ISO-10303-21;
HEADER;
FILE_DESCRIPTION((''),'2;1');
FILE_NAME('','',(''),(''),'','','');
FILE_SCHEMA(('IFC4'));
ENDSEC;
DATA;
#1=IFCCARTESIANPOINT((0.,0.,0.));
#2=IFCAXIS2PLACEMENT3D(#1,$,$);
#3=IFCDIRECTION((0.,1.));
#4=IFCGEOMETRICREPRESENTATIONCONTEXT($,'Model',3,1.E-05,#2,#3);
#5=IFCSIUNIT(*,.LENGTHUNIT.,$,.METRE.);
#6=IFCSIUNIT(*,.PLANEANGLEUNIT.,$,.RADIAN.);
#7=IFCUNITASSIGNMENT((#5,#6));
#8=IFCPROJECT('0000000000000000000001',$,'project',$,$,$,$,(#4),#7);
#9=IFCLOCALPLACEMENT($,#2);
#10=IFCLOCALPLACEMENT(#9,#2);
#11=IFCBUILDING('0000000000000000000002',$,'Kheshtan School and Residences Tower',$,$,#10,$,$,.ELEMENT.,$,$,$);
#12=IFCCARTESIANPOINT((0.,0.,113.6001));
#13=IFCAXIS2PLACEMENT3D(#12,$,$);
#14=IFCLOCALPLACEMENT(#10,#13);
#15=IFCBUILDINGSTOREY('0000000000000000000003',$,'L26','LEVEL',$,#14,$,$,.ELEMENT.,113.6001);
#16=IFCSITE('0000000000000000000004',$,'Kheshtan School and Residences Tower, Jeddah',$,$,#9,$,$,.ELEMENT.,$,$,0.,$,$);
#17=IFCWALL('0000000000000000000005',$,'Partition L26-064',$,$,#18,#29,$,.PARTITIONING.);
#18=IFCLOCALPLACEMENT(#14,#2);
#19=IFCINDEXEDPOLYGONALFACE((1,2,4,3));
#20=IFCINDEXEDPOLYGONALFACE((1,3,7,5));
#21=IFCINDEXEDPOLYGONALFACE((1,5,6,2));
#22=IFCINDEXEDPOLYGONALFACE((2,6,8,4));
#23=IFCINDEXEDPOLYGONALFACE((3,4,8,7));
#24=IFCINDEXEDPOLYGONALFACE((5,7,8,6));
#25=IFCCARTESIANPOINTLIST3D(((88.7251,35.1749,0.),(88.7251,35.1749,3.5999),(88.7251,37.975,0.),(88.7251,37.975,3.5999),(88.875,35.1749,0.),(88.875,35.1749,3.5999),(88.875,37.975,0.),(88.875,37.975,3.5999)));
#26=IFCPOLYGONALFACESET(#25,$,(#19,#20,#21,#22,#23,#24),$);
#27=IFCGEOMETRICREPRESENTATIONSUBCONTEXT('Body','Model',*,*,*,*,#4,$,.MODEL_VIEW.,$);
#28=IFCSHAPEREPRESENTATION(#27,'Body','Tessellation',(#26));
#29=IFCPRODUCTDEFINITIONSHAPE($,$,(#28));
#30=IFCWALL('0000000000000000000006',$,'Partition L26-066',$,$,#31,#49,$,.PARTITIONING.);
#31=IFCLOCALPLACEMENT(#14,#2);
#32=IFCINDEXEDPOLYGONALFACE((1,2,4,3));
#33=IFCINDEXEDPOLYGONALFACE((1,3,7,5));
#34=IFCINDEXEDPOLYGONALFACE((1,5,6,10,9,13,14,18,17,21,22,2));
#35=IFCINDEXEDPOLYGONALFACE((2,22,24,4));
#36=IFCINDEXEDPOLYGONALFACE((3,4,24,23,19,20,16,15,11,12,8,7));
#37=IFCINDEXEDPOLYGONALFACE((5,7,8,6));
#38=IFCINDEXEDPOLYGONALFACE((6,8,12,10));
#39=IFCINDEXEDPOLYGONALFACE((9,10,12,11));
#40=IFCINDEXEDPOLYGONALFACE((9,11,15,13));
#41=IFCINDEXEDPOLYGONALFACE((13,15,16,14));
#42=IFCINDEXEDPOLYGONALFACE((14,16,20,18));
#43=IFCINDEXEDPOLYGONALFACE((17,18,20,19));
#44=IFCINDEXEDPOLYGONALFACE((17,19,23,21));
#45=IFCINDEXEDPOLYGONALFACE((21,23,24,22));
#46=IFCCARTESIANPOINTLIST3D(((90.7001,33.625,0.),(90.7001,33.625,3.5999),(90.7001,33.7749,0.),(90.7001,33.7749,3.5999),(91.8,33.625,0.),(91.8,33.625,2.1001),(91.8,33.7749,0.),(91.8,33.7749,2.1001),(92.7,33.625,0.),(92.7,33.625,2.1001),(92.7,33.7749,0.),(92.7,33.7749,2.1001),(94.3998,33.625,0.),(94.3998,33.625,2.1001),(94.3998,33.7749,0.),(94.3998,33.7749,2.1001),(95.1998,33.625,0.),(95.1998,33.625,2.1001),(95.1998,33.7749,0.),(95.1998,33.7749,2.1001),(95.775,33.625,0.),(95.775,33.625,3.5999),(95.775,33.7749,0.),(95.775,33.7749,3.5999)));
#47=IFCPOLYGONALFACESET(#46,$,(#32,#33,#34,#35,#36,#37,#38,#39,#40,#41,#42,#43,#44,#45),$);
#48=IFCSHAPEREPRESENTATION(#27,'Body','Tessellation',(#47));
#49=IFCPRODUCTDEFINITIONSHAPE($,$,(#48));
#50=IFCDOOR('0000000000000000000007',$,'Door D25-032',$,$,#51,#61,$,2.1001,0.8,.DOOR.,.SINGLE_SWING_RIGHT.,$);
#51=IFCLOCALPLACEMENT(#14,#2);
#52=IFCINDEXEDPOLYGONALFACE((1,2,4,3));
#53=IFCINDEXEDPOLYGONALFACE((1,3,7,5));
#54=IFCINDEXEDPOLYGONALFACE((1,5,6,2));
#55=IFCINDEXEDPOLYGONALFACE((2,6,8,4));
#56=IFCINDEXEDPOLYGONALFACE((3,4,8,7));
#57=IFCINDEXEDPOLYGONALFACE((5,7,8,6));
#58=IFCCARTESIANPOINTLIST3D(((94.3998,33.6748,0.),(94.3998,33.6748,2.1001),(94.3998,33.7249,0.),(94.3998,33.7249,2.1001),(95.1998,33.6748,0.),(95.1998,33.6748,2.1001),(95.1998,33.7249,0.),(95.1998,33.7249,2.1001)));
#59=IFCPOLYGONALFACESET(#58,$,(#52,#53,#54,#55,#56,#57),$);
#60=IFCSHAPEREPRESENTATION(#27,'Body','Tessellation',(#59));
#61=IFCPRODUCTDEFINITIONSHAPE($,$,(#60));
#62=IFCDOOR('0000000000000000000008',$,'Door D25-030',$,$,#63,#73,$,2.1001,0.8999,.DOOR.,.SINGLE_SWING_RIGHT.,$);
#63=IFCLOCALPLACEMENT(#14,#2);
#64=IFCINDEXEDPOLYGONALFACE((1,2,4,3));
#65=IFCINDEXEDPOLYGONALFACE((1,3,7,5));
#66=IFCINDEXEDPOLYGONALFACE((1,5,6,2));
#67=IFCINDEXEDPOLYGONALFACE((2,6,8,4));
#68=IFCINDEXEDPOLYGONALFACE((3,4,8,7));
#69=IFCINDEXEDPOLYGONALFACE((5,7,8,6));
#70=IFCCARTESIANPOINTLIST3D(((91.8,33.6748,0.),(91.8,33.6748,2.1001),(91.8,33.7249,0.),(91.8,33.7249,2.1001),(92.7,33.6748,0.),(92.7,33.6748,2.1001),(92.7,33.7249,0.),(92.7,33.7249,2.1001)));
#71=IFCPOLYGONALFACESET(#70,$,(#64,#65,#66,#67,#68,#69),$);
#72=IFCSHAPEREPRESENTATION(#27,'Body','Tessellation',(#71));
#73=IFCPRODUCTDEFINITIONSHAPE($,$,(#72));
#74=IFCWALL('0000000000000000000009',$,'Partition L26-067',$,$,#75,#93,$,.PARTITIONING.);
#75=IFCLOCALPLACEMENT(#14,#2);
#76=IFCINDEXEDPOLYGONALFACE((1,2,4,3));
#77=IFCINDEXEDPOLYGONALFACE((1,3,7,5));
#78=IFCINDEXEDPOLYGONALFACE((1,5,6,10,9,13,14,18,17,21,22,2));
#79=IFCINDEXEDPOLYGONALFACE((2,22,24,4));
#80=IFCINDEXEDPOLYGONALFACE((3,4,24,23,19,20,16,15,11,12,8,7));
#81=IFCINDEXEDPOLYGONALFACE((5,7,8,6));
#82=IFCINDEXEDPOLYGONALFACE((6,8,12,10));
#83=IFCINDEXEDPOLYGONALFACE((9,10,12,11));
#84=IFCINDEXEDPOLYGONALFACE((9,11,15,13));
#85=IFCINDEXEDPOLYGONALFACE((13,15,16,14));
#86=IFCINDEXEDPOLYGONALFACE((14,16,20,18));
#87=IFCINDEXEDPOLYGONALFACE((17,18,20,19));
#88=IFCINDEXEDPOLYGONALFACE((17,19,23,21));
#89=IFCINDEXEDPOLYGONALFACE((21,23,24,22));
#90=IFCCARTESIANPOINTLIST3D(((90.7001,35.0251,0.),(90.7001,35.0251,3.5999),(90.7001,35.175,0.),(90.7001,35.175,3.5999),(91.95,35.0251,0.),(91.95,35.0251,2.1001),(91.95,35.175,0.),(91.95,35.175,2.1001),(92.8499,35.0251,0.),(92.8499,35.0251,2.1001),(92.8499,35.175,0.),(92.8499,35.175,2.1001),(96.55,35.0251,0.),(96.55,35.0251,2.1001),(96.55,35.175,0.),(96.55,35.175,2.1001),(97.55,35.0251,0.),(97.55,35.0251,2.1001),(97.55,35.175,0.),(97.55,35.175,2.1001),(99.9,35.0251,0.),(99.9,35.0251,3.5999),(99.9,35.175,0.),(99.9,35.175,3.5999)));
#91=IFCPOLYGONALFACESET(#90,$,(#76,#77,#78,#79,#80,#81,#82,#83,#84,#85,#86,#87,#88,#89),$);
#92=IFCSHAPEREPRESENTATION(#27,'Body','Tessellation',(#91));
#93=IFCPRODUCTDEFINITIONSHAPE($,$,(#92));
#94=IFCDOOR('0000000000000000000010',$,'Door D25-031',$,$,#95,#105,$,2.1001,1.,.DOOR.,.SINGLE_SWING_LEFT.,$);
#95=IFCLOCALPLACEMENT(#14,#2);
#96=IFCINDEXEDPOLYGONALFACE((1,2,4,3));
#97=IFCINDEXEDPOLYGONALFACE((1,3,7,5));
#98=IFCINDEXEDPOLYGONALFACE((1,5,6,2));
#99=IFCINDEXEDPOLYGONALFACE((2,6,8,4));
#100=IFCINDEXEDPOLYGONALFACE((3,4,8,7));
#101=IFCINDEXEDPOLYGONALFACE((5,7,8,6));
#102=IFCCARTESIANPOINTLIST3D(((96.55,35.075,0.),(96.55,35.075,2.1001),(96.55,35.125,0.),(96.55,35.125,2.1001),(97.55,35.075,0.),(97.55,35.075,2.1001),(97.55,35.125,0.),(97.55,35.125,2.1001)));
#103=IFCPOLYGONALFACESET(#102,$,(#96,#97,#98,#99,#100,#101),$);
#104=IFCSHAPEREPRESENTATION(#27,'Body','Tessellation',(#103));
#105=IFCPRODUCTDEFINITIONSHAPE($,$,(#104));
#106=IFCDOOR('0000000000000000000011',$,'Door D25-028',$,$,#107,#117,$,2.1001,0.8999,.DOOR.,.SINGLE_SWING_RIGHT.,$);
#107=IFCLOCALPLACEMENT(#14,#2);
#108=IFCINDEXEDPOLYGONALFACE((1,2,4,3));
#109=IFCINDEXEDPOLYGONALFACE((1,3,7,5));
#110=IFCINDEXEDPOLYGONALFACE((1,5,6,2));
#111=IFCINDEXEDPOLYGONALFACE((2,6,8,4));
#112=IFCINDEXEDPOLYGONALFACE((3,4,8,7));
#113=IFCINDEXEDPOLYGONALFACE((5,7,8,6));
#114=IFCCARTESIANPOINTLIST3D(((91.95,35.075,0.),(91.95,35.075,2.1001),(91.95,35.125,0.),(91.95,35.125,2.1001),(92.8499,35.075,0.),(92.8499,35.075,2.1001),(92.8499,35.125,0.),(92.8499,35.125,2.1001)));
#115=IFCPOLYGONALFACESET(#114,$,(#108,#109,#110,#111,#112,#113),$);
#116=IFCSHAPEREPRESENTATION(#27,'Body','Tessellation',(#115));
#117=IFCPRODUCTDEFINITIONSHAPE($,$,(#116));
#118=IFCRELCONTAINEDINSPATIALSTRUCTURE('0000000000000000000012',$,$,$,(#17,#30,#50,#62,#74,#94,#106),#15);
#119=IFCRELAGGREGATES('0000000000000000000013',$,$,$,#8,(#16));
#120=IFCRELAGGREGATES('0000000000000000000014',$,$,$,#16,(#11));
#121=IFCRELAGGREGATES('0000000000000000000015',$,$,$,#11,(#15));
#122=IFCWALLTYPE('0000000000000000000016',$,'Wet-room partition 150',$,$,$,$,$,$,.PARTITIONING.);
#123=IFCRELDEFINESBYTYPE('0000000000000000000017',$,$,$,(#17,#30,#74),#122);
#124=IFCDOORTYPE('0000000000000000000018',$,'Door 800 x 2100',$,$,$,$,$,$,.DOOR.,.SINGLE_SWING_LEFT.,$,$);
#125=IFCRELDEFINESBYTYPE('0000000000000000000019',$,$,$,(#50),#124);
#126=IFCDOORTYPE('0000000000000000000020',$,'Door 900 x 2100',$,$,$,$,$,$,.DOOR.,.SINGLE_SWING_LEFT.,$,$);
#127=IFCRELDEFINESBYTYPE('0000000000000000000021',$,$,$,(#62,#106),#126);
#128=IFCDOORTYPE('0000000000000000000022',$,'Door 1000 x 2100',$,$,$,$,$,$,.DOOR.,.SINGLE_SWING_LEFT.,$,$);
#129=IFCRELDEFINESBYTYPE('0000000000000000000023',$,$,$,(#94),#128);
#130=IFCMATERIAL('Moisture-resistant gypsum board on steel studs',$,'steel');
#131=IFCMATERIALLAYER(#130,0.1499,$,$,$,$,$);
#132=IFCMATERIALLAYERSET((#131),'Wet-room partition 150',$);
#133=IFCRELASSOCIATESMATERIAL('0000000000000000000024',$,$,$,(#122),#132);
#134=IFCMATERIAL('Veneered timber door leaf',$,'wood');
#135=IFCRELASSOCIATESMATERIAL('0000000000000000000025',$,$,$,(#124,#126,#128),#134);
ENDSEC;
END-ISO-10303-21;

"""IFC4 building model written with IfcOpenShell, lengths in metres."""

from ifc_helpers import new_model, si_unit, direction, frame, frame_2d, origin, place, context, subcontext, project, spatial, rectangle, extrude, source, transform, mapped, material, layer, layer_set, type_object, element, fill, save


model = new_model("IFC4")

# Units and contexts
model_context = context("Model", 3, precision=1e-05, world=origin(), true_north=direction((0.0, 1.0)))
body_context = subcontext(model_context, "Body", "Model", "MODEL_VIEW")
ifc_project = project(units=[si_unit("LENGTHUNIT", "METRE"), si_unit("PLANEANGLEUNIT", "RADIAN")], contexts=[model_context])

# Site, building, storey
site_placement = place(None, origin())
site = spatial("IfcSite", under=ifc_project, at=site_placement, Name="Kheshtan School and Residences Tower, Jeddah", CompositionType="ELEMENT", RefElevation=0.0)
building_placement = place(site_placement, origin())
building = spatial("IfcBuilding", under=site, at=building_placement, Name="Kheshtan School and Residences Tower", CompositionType="ELEMENT")
storey_placement = place(building_placement, frame((0.0, 0.0, 113.6001)))
storey = spatial("IfcBuildingStorey", under=building, at=storey_placement, Name="L26", Description="LEVEL", CompositionType="ELEMENT", Elevation=113.6001)

# Wall
ifc_material_1 = material(Name="Moisture-resistant gypsum board on steel studs", Category="steel")
ifc_layer_1 = layer(ifc_material_1, 0.1499)
ifc_layer_set_1 = layer_set([ifc_layer_1], Name="Wet-room partition 150")
wall_type_1 = type_object("IfcWallType", Name="Wet-room partition 150", PredefinedType="PARTITIONING", material=ifc_layer_set_1)
wall_1_placement = place(storey_placement, frame((88.8, 35.175, 0.0), z_axis=(0.0, 0.0, 1.0), x_axis=(0.0, 1.0, 0.0)))
element("IfcWall", 1, at=wall_1_placement, inside=storey, type_object=wall_type_1, Name="Partition L26-064", PredefinedType="PARTITIONING", context=body_context, shape_type="SweptSolid", body=[
    extrude(rectangle(XDim=2.8, YDim=0.1499, at=frame_2d((1.3999, 0.0))), origin(), (0.0, 0.0, 1.0), 3.5999),
])

# Walls, openings, doors
wall_2_placement = place(storey_placement, frame((90.7, 33.7, 0.0), z_axis=(0.0, 0.0, 1.0), x_axis=(1.0, 0.0, 0.0)))
wall_2 = element("IfcWall", 2, at=wall_2_placement, inside=storey, type_object=wall_type_1, Name="Partition L26-066", PredefinedType="PARTITIONING", context=body_context, shape_type="SweptSolid", body=[
    extrude(rectangle(XDim=5.075, YDim=0.1499, at=frame_2d((2.5376, 0.0))), origin(), (0.0, 0.0, 1.0), 3.5999),
])
opening_1_placement = place(wall_2_placement, frame((1.1001, 0.0, 0.0)))
opening_1 = element("IfcOpeningElement", 3, at=opening_1_placement, cuts=wall_2, PredefinedType="OPENING", context=body_context, shape_type="SweptSolid", body=[
    extrude(rectangle(XDim=0.8999, YDim=2.1001, at=frame_2d((0.45, 1.05))), frame((0.0, 0.085, 0.0), z_axis=(0.0, -1.0, 0.0), x_axis=(1.0, 0.0, 0.0)), (0.0, 0.0, 1.0), 0.1699),
])
opening_2_placement = place(wall_2_placement, frame((3.7, 0.0, 0.0)))
opening_2 = element("IfcOpeningElement", 4, at=opening_2_placement, cuts=wall_2, PredefinedType="OPENING", context=body_context, shape_type="SweptSolid", body=[
    extrude(rectangle(XDim=0.8, YDim=2.1001, at=frame_2d((0.3999, 1.05))), frame((0.0, 0.085, 0.0), z_axis=(0.0, -1.0, 0.0), x_axis=(1.0, 0.0, 0.0)), (0.0, 0.0, 1.0), 0.1699),
])
ifc_material_2 = material(Name="Veneered timber door leaf", Category="wood")
door_type_1 = type_object("IfcDoorType", Name="Door 800 x 2100", OperationType="SINGLE_SWING_LEFT", PredefinedType="DOOR", material=ifc_material_2)
shared_shape_1 = source(origin(), body_context, "Body", "SweptSolid", [
    extrude(rectangle(XDim=0.8, YDim=2.1001, at=frame_2d((0.3999, 1.05))), frame((0.0, 0.0249, 0.0), z_axis=(0.0, -1.0, 0.0), x_axis=(1.0, 0.0, 0.0)), (0.0, 0.0, 1.0), 0.05),
])
door_1_placement = place(opening_2_placement, origin())
door_1 = element("IfcDoor", 5, at=door_1_placement, inside=storey, type_object=door_type_1, Name="Door D25-032", OperationType="SINGLE_SWING_RIGHT", OverallHeight=2.1001, OverallWidth=0.8, PredefinedType="DOOR", context=body_context, shape_type="MappedRepresentation", body=[
    mapped(shared_shape_1, transform((0.0, 0.0, 0.0), x_axis=(1.0, 0.0, 0.0), y_axis=(0.0, 1.0, 0.0), z_axis=(0.0, 0.0, 1.0), scale=1.0)),
])
fill(opening_2, door_1)
door_type_2 = type_object("IfcDoorType", Name="Door 900 x 2100", OperationType="SINGLE_SWING_LEFT", PredefinedType="DOOR", material=ifc_material_2)
shared_shape_2 = source(origin(), body_context, "Body", "SweptSolid", [
    extrude(rectangle(XDim=0.8999, YDim=2.1001, at=frame_2d((0.45, 1.05))), frame((0.0, 0.0249, 0.0), z_axis=(0.0, -1.0, 0.0), x_axis=(1.0, 0.0, 0.0)), (0.0, 0.0, 1.0), 0.05),
])
door_2_placement = place(opening_1_placement, origin())
door_2 = element("IfcDoor", 6, at=door_2_placement, inside=storey, type_object=door_type_2, Name="Door D25-030", OperationType="SINGLE_SWING_RIGHT", OverallHeight=2.1001, OverallWidth=0.8999, PredefinedType="DOOR", context=body_context, shape_type="MappedRepresentation", body=[
    mapped(shared_shape_2, transform((0.0, 0.0, 0.0), x_axis=(1.0, 0.0, 0.0), y_axis=(0.0, 1.0, 0.0), z_axis=(0.0, 0.0, 1.0), scale=1.0)),
])
fill(opening_1, door_2)
wall_3_placement = place(storey_placement, frame((90.7, 35.1001, 0.0), z_axis=(0.0, 0.0, 1.0), x_axis=(1.0, 0.0, 0.0)))
wall_3 = element("IfcWall", 7, at=wall_3_placement, inside=storey, type_object=wall_type_1, Name="Partition L26-067", PredefinedType="PARTITIONING", context=body_context, shape_type="SweptSolid", body=[
    extrude(rectangle(XDim=9.2, YDim=0.1499, at=frame_2d((4.6001, 0.0))), origin(), (0.0, 0.0, 1.0), 3.5999),
])
opening_3_placement = place(wall_3_placement, frame((1.25, 0.0, 0.0)))
opening_3 = element("IfcOpeningElement", 8, at=opening_3_placement, cuts=wall_3, PredefinedType="OPENING", context=body_context, shape_type="SweptSolid", body=[
    extrude(rectangle(XDim=0.8999, YDim=2.1001, at=frame_2d((0.45, 1.05))), frame((0.0, 0.085, 0.0), z_axis=(0.0, -1.0, 0.0), x_axis=(1.0, 0.0, 0.0)), (0.0, 0.0, 1.0), 0.1699),
])
opening_4_placement = place(wall_3_placement, frame((5.8501, 0.0, 0.0)))
opening_4 = element("IfcOpeningElement", 9, at=opening_4_placement, cuts=wall_3, PredefinedType="OPENING", context=body_context, shape_type="SweptSolid", body=[
    extrude(rectangle(XDim=1.0, YDim=2.1001, at=frame_2d((0.5, 1.05))), frame((0.0, 0.085, 0.0), z_axis=(0.0, -1.0, 0.0), x_axis=(1.0, 0.0, 0.0)), (0.0, 0.0, 1.0), 0.1699),
])
door_type_3 = type_object("IfcDoorType", Name="Door 1000 x 2100", OperationType="SINGLE_SWING_LEFT", PredefinedType="DOOR", material=ifc_material_2)
shared_shape_3 = source(origin(), body_context, "Body", "SweptSolid", [
    extrude(rectangle(XDim=1.0, YDim=2.1001, at=frame_2d((0.5, 1.05))), frame((0.0, 0.0249, 0.0), z_axis=(0.0, -1.0, 0.0), x_axis=(1.0, 0.0, 0.0)), (0.0, 0.0, 1.0), 0.05),
])
door_3_placement = place(opening_4_placement, origin())
door_3 = element("IfcDoor", 10, at=door_3_placement, inside=storey, type_object=door_type_3, Name="Door D25-031", OperationType="SINGLE_SWING_LEFT", OverallHeight=2.1001, OverallWidth=1.0, PredefinedType="DOOR", context=body_context, shape_type="MappedRepresentation", body=[
    mapped(shared_shape_3, transform((0.0, 0.0, 0.0), x_axis=(1.0, 0.0, 0.0), y_axis=(0.0, 1.0, 0.0), z_axis=(0.0, 0.0, 1.0), scale=1.0)),
])
fill(opening_4, door_3)
door_4_placement = place(opening_3_placement, origin())
door_4 = element("IfcDoor", 11, at=door_4_placement, inside=storey, type_object=door_type_2, Name="Door D25-028", OperationType="SINGLE_SWING_RIGHT", OverallHeight=2.1001, OverallWidth=0.8999, PredefinedType="DOOR", context=body_context, shape_type="MappedRepresentation", body=[
    mapped(shared_shape_2, transform((0.0, 0.0, 0.0), x_axis=(1.0, 0.0, 0.0), y_axis=(0.0, 1.0, 0.0), z_axis=(0.0, 0.0, 1.0), scale=1.0)),
])
fill(opening_3, door_4)

save(model, "model.ifc")
